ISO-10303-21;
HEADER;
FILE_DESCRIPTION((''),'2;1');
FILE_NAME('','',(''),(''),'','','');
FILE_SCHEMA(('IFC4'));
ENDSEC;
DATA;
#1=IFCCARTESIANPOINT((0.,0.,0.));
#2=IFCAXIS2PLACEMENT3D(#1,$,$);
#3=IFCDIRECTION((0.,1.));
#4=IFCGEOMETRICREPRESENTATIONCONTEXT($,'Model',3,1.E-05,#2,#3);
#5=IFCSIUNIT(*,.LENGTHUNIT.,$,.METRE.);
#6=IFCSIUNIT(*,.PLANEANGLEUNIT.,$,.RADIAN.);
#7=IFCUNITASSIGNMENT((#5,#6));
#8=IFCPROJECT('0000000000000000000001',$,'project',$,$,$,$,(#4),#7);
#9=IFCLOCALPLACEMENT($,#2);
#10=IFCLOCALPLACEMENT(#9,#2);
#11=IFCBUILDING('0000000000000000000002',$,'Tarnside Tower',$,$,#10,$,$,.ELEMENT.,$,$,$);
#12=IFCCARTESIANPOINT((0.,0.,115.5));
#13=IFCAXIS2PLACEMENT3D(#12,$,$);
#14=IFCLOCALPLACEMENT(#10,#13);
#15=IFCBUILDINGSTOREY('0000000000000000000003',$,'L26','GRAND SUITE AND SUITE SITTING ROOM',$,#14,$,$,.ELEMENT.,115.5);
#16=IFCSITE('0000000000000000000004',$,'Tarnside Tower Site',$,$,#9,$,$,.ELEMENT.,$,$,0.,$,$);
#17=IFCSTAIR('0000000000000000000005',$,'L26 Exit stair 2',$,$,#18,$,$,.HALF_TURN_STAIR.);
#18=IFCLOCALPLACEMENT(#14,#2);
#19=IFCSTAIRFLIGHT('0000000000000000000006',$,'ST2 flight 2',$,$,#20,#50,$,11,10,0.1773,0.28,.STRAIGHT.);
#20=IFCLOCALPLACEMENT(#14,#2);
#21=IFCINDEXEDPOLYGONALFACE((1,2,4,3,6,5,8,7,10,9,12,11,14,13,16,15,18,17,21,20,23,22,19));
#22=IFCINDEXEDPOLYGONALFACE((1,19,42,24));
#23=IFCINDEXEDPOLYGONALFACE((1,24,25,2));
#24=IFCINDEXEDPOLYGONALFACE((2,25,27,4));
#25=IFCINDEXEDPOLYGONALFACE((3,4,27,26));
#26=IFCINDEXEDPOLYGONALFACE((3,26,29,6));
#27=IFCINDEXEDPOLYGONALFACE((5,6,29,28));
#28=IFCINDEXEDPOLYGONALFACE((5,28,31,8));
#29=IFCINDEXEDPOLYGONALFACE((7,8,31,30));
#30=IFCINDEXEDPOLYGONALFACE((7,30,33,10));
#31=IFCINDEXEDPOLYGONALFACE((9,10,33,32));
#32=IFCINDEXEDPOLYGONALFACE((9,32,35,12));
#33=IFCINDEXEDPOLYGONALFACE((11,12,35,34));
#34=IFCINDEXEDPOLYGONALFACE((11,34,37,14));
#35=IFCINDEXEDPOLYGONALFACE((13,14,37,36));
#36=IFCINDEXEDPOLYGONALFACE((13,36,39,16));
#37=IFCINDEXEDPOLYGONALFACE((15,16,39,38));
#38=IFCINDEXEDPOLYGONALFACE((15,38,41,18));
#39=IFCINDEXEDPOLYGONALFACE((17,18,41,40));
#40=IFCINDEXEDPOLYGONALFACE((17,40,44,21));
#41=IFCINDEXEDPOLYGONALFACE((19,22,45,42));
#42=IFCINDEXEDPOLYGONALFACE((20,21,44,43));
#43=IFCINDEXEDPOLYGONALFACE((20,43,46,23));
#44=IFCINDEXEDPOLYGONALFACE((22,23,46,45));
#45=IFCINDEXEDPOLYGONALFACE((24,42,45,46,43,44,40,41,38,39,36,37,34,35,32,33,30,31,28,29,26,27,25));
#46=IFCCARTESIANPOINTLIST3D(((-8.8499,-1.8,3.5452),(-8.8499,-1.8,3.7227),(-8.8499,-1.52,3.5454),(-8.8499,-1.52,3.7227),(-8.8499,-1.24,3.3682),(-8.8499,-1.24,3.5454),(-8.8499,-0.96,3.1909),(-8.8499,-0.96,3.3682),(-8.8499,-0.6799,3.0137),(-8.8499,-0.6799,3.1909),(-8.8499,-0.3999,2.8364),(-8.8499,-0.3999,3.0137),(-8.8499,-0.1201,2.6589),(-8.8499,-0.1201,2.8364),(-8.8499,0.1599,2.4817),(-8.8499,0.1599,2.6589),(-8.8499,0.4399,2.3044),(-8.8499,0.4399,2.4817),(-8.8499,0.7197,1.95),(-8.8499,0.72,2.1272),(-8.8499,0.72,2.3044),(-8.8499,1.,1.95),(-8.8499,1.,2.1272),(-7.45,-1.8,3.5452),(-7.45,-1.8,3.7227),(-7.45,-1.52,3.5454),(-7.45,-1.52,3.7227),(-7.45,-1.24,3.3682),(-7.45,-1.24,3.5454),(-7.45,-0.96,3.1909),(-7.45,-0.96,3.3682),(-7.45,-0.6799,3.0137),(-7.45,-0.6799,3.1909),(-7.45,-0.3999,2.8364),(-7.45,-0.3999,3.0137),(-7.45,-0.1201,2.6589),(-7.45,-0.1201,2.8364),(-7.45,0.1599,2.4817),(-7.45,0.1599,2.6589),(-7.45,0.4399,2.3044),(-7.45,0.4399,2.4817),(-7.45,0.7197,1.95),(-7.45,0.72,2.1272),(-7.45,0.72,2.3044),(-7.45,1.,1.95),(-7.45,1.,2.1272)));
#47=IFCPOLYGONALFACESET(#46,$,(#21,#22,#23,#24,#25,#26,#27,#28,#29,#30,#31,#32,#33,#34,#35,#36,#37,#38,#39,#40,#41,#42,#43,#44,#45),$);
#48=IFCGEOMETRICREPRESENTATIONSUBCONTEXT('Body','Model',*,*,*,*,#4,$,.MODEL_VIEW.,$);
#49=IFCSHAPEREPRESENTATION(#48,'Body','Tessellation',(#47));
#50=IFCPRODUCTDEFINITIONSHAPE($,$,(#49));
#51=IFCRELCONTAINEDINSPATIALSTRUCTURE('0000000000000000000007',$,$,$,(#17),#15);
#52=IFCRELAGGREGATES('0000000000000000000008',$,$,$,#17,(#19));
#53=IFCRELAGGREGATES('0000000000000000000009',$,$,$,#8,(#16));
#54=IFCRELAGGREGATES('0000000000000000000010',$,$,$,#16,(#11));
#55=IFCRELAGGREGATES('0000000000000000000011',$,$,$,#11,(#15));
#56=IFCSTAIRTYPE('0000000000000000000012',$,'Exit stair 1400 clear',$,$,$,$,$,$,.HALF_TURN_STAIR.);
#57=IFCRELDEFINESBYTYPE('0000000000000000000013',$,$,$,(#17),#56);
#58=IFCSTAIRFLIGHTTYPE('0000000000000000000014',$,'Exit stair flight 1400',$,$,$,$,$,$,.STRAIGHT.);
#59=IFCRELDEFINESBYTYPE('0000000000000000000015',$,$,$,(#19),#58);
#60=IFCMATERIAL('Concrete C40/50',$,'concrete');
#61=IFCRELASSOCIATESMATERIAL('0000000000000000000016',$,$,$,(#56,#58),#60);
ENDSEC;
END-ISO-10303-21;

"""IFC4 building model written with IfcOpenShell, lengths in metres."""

from ifc_helpers import new_model, si_unit, direction, frame, origin, place, context, subcontext, project, spatial, polyline, outline, extrude, material, type_object, element, aggregate, save


model = new_model("IFC4")

# Units and contexts
model_context = context("Model", 3, precision=1e-05, world=origin(), true_north=direction((0.0, 1.0)))
body_context = subcontext(model_context, "Body", "Model", "MODEL_VIEW")
ifc_project = project(units=[si_unit("LENGTHUNIT", "METRE"), si_unit("PLANEANGLEUNIT", "RADIAN")], contexts=[model_context])

# Site, building, storey
site_placement = place(None, origin())
site = spatial("IfcSite", under=ifc_project, at=site_placement, Name="Tarnside Tower Site", CompositionType="ELEMENT", RefElevation=0.0)
building_placement = place(site_placement, origin())
building = spatial("IfcBuilding", under=site, at=building_placement, Name="Tarnside Tower", CompositionType="ELEMENT")
storey_placement = place(building_placement, frame((0.0, 0.0, 115.5)))
storey = spatial("IfcBuildingStorey", under=building, at=storey_placement, Name="L26", Description="GRAND SUITE AND SUITE SITTING ROOM", CompositionType="ELEMENT", Elevation=115.5)

# Shared definitions
ifc_material_1 = material(Name="Concrete C40/50", Category="concrete")

# Stair, stair flight
stair_type = type_object("IfcStairType", Name="Exit stair 1400 clear", PredefinedType="HALF_TURN_STAIR", material=ifc_material_1)
stair_placement = place(storey_placement, origin())
stair = element("IfcStair", 1, at=stair_placement, inside=storey, type_object=stair_type, Name="L26 Exit stair 2", PredefinedType="HALF_TURN_STAIR")
stair_flight_type = type_object("IfcStairFlightType", Name="Exit stair flight 1400", PredefinedType="STRAIGHT", material=ifc_material_1)
stair_flight_placement = place(storey_placement, frame((-8.1499, 1.0, 1.95), z_axis=(0.0, 0.0, 1.0), x_axis=(0.0, -1.0, 0.0)))
stair_flight = element("IfcStairFlight", 2, at=stair_flight_placement, type_object=stair_flight_type, Name="ST2 flight 2", NumberOfRisers=11, NumberOfTreads=10, PredefinedType="STRAIGHT", RiserHeight=0.1773, TreadLength=0.28, context=body_context, shape_type="SweptSolid", body=[
    extrude(outline(polyline([(0.0, 0.0), (0.0, 0.1772), (0.28, 0.1772), (0.28, 0.3545), (0.5601, 0.3545), (0.5601, 0.5317), (0.8401, 0.5317), (0.8401, 0.709), (1.1201, 0.709), (1.1201, 0.8865), (1.3999, 0.8865), (1.3999, 1.0637), (1.6799, 1.0637), (1.6799, 1.241), (1.96, 1.241), (1.96, 1.4182), (2.24, 1.4182), (2.24, 1.5955), (2.52, 1.5955), (2.52, 1.7727), (2.8, 1.7727), (2.8, 1.95), (2.8, 1.5952), (0.2803, 0.0), (0.0, 0.0)])), frame((0.0, 0.7, 0.0), z_axis=(0.0, -1.0, 0.0), x_axis=(1.0, 0.0, 0.0)), (0.0, 0.0, 1.0), 1.3999),
])
aggregate(stair, [stair_flight])

save(model, "model.ifc")
